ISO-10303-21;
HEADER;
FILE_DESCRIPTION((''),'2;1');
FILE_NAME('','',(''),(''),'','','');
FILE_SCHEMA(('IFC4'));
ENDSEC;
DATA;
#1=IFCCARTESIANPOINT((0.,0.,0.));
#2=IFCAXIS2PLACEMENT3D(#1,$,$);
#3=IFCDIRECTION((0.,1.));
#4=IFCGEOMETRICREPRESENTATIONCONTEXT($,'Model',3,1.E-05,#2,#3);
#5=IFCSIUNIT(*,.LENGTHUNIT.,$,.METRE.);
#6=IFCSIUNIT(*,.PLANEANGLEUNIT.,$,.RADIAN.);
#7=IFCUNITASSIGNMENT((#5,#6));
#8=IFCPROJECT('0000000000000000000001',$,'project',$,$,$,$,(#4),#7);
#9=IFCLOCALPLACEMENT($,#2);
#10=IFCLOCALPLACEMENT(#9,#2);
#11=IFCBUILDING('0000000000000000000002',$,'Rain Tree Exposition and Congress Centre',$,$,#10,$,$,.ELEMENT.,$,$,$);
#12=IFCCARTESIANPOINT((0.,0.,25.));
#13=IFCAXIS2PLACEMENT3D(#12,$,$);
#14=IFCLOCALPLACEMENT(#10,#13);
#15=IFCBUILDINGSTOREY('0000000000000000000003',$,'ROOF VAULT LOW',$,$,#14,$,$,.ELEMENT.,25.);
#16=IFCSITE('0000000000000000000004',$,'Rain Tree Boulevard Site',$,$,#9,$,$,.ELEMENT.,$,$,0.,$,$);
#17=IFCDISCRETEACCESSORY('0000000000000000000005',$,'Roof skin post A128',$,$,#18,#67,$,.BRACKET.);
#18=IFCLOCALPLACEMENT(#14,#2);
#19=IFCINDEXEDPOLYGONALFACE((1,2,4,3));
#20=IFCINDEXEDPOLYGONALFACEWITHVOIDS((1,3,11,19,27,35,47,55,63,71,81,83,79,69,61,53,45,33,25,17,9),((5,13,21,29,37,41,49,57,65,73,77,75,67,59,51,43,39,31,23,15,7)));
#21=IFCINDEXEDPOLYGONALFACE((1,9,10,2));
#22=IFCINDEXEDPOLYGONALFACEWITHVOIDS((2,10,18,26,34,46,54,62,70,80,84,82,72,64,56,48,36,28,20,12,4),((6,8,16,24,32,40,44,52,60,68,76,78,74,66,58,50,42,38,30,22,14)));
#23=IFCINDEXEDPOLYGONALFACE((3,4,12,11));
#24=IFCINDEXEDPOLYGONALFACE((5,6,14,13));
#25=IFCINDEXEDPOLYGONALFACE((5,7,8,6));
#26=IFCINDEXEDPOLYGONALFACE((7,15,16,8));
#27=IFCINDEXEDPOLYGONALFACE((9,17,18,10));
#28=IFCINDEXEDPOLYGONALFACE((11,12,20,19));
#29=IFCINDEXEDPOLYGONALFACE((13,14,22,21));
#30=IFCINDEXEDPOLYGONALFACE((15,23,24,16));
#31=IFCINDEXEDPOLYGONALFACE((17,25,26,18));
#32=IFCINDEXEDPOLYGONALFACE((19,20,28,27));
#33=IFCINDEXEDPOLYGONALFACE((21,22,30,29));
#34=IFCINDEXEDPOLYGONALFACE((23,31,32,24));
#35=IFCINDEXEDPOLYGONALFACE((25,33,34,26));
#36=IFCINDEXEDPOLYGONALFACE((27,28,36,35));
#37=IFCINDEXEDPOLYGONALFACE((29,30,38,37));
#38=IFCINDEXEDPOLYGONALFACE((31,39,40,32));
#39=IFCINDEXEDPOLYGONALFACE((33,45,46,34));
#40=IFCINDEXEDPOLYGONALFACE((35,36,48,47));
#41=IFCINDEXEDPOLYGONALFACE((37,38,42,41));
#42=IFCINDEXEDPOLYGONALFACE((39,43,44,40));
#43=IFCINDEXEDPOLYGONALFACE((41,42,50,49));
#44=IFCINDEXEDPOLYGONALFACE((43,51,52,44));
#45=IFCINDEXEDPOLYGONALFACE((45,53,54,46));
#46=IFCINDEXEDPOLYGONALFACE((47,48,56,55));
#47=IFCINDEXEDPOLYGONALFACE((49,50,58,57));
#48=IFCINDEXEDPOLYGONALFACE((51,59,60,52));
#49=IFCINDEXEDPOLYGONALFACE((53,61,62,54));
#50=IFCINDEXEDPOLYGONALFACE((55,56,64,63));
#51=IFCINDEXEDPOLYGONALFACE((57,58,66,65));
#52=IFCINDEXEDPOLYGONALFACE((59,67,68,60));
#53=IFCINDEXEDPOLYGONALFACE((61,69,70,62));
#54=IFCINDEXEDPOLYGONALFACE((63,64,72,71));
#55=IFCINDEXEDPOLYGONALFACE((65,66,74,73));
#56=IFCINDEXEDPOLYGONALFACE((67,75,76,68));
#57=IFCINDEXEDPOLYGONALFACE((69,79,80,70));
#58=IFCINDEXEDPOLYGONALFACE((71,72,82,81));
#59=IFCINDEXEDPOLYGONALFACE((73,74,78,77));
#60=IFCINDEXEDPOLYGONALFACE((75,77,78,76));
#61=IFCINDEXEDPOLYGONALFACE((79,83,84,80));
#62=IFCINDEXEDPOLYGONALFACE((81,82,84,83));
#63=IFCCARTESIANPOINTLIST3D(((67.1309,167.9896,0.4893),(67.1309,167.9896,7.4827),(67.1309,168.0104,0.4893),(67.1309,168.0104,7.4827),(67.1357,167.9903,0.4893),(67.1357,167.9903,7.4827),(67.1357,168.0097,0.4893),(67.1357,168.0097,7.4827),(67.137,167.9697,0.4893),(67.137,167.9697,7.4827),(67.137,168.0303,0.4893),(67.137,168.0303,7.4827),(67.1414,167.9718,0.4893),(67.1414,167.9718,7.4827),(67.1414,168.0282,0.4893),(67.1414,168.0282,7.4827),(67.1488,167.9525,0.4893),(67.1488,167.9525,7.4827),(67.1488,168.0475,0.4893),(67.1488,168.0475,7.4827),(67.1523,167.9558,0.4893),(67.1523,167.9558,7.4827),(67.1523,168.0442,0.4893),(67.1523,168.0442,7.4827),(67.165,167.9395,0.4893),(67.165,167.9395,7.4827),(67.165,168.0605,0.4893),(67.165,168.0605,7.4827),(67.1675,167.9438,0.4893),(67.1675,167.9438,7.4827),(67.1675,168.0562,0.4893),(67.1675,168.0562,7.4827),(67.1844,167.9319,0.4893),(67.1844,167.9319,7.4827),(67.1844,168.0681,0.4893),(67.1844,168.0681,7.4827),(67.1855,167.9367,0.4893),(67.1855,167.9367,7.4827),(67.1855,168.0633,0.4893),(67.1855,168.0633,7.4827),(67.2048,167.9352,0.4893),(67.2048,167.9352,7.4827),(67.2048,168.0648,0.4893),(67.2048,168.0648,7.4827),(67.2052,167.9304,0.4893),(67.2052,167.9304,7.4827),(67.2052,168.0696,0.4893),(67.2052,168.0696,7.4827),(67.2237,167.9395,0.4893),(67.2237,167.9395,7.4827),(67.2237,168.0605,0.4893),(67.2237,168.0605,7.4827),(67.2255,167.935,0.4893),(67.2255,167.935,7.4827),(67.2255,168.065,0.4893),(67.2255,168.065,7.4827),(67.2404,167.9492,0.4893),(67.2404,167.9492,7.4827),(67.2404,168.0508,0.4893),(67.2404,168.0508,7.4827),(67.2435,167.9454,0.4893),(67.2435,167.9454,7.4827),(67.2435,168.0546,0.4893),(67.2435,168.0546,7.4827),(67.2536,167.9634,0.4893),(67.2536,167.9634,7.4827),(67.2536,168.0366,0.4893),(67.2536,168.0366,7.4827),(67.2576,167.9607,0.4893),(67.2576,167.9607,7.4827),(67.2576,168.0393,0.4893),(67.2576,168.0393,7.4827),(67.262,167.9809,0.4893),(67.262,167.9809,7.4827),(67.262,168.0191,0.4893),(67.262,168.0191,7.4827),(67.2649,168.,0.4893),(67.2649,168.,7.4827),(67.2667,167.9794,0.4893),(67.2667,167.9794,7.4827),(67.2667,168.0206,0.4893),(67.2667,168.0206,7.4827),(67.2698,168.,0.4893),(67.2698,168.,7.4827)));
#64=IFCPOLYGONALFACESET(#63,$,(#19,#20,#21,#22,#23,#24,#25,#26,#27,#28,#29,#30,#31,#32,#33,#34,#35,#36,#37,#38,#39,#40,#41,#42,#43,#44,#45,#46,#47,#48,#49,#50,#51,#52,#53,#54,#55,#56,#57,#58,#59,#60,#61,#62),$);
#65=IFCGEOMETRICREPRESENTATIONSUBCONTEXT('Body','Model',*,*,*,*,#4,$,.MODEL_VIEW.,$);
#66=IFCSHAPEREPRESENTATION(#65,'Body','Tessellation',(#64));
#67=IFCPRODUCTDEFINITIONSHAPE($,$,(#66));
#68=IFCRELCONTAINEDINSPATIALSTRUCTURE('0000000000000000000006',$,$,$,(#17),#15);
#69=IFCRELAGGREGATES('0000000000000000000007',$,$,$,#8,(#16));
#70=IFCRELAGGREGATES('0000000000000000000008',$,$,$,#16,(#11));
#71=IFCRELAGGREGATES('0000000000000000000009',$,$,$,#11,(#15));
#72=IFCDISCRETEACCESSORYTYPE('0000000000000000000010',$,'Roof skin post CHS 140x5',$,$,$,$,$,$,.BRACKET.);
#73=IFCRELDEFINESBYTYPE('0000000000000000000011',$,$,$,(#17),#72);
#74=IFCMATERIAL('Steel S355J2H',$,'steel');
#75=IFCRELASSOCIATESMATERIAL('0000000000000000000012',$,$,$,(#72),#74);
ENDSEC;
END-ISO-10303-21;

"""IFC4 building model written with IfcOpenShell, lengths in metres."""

from ifc_helpers import new_model, si_unit, direction, frame, origin, origin_2d, place, context, subcontext, project, spatial, hollow_circle, extrude, material, material_profile, profile_set, type_object, element, save


model = new_model("IFC4")

# Units and contexts
model_context = context("Model", 3, precision=1e-05, world=origin(), true_north=direction((0.0, 1.0)))
body_context = subcontext(model_context, "Body", "Model", "MODEL_VIEW")
ifc_project = project(units=[si_unit("LENGTHUNIT", "METRE"), si_unit("PLANEANGLEUNIT", "RADIAN")], contexts=[model_context])

# Site, building, storey
site_placement = place(None, origin())
site = spatial("IfcSite", under=ifc_project, at=site_placement, Name="Rain Tree Boulevard Site", CompositionType="ELEMENT", RefElevation=0.0)
building_placement = place(site_placement, origin())
building = spatial("IfcBuilding", under=site, at=building_placement, Name="Rain Tree Exposition and Congress Centre", CompositionType="ELEMENT")
storey_placement = place(building_placement, frame((0.0, 0.0, 25.0)))
storey = spatial("IfcBuildingStorey", under=building, at=storey_placement, Name="ROOF VAULT LOW", CompositionType="ELEMENT", Elevation=25.0)

# Discrete accessory
ifc_material_1 = material(Name="Steel S355J2H", Category="steel")
ifc_material_profile_1 = material_profile(ifc_material_1, hollow_circle(Radius=0.0698, WallThickness=0.0049, at=origin_2d()), Name="CHS 140x5")
ifc_profile_set_1 = profile_set([ifc_material_profile_1], Name="Steel S355J2H")
discrete_accessory_type_1 = type_object("IfcDiscreteAccessoryType", Name="Roof skin post CHS 140x5", PredefinedType="BRACKET", material=ifc_profile_set_1)
discrete_accessory_1_placement = place(storey_placement, frame((67.2, 168.0, 0.4893), z_axis=(0.0, 0.0, 1.0), x_axis=(1.0, 0.0, 0.0)))
element("IfcDiscreteAccessory", 1, at=discrete_accessory_1_placement, inside=storey, type_object=discrete_accessory_type_1, Name="Roof skin post A128", PredefinedType="BRACKET", context=body_context, shape_type="SweptSolid", body=[
    extrude(hollow_circle(Radius=0.0698, WallThickness=0.0049, at=origin_2d()), origin(), (0.0, 0.0, 1.0), 6.9934),
])

save(model, "model.ifc")
